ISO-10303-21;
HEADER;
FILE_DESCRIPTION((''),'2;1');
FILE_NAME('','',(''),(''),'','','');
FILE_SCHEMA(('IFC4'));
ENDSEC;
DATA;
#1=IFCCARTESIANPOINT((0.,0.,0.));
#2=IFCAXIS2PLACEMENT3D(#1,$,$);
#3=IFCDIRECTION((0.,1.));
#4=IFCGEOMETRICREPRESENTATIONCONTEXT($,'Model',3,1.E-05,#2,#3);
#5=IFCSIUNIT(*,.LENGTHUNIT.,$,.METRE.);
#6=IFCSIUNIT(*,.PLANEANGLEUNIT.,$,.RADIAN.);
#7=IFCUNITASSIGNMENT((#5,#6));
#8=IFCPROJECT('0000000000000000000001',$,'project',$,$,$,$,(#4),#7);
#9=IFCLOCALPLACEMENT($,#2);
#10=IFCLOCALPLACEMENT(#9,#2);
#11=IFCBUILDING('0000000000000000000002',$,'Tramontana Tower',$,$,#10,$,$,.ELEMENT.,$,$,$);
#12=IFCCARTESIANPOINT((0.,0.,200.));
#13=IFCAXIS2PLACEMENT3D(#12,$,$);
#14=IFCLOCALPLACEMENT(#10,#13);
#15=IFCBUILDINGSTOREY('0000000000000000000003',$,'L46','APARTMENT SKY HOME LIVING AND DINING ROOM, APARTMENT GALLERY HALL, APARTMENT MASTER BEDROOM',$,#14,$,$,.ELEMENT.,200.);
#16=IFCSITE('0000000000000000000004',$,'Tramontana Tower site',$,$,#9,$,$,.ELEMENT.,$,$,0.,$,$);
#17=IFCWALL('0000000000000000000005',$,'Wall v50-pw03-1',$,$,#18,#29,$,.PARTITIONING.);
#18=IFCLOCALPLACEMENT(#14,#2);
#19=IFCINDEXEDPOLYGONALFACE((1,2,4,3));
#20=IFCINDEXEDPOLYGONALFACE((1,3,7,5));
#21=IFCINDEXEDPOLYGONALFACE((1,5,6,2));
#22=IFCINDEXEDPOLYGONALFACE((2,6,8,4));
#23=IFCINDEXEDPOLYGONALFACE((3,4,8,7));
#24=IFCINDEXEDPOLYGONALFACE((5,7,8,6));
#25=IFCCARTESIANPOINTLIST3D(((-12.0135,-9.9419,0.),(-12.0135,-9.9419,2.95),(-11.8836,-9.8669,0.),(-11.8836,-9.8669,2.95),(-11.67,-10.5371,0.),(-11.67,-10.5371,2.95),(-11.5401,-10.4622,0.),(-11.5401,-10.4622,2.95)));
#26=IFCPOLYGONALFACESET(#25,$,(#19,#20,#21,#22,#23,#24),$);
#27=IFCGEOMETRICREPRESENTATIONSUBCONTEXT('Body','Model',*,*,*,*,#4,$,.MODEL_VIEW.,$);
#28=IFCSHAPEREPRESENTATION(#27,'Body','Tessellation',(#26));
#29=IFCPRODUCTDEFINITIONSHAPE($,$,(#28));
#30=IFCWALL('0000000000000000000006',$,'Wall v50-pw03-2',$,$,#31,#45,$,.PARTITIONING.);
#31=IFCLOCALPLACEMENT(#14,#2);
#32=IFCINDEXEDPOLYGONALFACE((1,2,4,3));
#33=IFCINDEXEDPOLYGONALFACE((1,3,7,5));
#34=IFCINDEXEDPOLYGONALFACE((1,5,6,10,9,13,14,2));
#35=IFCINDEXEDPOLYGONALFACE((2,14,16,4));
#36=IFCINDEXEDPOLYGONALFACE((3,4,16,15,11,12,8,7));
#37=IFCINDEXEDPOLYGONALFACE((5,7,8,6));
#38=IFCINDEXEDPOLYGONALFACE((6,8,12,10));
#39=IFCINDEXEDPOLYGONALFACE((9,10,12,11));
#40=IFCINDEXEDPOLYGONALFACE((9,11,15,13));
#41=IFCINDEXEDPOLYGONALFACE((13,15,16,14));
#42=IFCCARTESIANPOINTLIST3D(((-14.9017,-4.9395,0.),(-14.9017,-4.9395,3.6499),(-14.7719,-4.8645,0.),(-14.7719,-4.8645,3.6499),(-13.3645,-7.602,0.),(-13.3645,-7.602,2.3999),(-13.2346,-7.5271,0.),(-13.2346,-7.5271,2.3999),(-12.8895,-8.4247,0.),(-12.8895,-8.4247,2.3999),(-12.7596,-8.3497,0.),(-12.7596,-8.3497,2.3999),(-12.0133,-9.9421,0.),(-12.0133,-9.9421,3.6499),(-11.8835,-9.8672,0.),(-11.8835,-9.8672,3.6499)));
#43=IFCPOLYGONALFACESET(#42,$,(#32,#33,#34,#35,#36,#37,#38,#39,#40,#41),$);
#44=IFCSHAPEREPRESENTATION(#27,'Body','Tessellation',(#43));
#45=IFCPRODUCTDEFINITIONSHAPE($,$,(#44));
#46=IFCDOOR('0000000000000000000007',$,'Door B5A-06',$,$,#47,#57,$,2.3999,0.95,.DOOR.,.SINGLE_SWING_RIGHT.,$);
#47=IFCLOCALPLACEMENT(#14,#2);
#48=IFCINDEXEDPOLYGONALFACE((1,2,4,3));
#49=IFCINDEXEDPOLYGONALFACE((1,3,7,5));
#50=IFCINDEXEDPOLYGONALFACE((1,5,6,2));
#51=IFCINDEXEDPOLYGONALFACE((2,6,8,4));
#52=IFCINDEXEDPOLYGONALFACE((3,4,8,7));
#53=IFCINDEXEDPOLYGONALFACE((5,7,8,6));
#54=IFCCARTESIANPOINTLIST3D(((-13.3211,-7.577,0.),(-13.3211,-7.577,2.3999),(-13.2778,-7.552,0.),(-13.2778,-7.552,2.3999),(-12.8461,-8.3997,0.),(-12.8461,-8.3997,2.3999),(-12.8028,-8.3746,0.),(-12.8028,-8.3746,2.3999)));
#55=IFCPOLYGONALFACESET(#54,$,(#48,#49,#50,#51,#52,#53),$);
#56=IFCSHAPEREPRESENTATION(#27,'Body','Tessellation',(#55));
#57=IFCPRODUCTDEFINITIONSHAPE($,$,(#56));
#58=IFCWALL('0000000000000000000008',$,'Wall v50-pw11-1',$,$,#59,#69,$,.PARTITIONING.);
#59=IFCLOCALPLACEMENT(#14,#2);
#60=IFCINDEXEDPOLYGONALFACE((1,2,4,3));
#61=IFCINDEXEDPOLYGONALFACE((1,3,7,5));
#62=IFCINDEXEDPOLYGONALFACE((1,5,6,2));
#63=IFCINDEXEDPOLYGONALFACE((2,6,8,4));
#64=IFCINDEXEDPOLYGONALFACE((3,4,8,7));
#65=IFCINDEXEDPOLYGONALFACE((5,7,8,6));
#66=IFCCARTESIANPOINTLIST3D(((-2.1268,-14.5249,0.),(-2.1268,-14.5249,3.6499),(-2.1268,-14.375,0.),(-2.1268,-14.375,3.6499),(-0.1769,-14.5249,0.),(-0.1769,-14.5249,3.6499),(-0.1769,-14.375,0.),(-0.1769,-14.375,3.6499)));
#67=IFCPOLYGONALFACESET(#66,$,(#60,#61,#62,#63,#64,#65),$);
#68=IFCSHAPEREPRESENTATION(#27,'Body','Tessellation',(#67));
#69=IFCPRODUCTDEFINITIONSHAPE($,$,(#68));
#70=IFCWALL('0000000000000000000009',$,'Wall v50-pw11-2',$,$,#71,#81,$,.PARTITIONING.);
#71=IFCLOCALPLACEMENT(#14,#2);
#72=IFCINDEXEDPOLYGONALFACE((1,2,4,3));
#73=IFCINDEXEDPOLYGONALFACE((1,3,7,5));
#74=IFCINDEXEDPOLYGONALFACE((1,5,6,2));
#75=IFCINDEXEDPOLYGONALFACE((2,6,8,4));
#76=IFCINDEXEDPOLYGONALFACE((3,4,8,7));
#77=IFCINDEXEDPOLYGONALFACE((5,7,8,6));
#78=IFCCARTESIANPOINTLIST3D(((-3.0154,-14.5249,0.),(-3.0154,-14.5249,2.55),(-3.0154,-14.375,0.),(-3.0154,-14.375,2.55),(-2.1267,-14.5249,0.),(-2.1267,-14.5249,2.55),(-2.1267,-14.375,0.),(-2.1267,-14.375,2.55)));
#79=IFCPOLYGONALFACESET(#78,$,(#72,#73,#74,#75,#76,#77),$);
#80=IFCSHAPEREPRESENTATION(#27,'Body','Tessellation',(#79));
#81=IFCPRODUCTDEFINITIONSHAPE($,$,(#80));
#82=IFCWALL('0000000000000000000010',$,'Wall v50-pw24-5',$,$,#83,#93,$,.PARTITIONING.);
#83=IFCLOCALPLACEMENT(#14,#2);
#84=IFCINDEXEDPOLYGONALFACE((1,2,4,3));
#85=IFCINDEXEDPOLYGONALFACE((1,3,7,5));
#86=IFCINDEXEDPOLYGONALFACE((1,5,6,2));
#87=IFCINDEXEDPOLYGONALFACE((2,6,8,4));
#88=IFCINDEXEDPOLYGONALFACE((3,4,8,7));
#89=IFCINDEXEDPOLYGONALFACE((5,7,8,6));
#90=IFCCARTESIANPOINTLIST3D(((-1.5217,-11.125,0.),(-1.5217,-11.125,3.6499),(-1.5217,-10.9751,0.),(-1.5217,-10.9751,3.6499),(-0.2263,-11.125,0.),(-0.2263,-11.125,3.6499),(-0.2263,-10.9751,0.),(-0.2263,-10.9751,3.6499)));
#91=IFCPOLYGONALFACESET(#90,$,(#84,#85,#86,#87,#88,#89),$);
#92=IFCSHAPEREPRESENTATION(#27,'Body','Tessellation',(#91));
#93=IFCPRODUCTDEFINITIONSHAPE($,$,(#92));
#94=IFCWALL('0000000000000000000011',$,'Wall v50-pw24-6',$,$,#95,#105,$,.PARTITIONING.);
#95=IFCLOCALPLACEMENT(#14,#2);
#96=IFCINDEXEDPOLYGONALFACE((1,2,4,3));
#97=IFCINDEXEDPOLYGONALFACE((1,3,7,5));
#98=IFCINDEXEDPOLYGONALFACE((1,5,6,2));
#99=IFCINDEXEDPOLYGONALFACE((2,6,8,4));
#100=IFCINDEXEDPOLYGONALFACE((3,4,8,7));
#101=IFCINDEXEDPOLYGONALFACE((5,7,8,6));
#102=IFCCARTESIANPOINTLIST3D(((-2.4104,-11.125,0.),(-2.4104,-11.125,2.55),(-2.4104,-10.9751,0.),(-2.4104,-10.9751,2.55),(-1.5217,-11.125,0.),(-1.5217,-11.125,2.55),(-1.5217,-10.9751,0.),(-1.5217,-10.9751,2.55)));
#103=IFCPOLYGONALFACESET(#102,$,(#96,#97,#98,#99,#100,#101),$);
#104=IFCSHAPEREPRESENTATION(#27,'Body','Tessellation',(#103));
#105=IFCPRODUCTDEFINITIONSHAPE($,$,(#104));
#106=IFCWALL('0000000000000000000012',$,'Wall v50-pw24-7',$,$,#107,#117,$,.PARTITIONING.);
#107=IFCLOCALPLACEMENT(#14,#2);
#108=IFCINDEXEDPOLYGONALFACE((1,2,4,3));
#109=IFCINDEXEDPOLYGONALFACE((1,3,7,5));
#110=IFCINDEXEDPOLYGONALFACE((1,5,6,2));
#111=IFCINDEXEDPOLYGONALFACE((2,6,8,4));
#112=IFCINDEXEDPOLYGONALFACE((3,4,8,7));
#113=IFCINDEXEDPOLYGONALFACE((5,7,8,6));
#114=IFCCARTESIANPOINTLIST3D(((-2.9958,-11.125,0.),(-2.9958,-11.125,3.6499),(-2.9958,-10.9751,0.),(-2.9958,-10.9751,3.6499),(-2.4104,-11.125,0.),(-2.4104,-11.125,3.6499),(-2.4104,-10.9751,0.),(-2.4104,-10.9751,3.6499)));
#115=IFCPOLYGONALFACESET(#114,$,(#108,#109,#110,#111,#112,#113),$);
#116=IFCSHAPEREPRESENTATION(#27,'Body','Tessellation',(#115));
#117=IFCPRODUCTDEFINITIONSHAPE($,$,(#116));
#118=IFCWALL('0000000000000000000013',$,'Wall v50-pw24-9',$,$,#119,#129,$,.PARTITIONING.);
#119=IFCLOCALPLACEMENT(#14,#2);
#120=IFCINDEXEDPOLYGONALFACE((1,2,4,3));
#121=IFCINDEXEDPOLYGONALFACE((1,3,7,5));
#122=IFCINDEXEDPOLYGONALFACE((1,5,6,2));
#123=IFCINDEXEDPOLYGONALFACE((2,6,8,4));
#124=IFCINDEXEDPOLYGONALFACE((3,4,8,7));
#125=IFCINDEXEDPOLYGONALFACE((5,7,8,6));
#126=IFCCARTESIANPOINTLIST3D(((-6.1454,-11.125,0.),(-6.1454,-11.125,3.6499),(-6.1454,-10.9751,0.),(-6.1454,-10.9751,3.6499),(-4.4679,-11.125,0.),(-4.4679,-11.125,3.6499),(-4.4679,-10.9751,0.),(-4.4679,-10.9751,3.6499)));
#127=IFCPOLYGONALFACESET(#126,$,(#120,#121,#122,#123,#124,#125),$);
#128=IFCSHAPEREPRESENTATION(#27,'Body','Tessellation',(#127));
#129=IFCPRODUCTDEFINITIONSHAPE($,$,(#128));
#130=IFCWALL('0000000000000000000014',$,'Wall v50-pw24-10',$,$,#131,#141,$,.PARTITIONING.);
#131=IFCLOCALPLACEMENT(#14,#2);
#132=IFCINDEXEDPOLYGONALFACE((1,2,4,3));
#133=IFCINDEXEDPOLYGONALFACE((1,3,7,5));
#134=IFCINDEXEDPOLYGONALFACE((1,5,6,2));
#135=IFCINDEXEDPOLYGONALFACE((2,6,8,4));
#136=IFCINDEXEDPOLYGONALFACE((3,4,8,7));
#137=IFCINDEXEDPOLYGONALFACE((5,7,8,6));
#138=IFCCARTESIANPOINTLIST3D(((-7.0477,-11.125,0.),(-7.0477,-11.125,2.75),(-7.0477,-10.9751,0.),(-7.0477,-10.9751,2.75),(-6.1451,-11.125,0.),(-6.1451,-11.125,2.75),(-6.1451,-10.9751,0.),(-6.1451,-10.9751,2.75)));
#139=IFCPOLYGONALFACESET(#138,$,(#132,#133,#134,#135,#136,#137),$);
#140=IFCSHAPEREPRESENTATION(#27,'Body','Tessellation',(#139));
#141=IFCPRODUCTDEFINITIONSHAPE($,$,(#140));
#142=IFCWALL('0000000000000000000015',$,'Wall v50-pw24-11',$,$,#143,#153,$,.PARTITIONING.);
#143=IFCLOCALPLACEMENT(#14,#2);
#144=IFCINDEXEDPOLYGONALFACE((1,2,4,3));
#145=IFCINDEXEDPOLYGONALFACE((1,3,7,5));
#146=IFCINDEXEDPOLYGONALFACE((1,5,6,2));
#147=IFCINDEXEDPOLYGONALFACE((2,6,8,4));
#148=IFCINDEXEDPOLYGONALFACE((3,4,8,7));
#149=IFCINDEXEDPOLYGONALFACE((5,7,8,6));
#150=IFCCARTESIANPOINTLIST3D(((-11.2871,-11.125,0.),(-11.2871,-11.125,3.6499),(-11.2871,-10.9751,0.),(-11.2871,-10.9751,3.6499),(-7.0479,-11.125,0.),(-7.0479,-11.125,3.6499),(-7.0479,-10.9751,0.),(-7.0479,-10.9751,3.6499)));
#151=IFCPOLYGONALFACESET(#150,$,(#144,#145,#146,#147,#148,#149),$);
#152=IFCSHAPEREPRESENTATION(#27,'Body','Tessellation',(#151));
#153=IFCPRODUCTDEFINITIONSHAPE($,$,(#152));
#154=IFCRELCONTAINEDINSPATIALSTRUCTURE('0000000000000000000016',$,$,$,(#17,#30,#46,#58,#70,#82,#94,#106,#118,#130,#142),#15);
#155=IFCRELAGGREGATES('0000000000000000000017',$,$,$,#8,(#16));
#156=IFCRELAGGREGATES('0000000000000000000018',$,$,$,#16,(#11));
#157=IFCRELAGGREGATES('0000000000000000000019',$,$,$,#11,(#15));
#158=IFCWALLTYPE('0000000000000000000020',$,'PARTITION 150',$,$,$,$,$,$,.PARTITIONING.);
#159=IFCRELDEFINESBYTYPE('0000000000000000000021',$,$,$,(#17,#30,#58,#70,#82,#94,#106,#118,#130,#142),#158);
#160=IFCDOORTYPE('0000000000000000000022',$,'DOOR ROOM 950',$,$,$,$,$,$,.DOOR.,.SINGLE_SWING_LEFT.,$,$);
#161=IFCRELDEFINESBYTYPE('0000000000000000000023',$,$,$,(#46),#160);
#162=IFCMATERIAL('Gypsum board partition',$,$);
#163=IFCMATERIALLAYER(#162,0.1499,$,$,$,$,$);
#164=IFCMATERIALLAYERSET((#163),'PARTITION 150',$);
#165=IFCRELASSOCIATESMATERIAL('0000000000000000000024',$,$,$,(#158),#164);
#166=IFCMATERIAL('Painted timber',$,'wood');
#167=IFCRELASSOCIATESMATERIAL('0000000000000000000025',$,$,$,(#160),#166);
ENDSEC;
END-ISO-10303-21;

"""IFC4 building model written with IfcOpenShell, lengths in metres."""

from ifc_helpers import new_model, si_unit, direction, frame, frame_2d, origin, place, context, subcontext, project, spatial, rectangle, extrude, material, layer, layer_set, type_object, element, fill, save


model = new_model("IFC4")

# Units and contexts
model_context = context("Model", 3, precision=1e-05, world=origin(), true_north=direction((0.0, 1.0)))
body_context = subcontext(model_context, "Body", "Model", "MODEL_VIEW")
ifc_project = project(units=[si_unit("LENGTHUNIT", "METRE"), si_unit("PLANEANGLEUNIT", "RADIAN")], contexts=[model_context])

# Site, building, storey
site_placement = place(None, origin())
site = spatial("IfcSite", under=ifc_project, at=site_placement, Name="Tramontana Tower site", CompositionType="ELEMENT", RefElevation=0.0)
building_placement = place(site_placement, origin())
building = spatial("IfcBuilding", under=site, at=building_placement, Name="Tramontana Tower", CompositionType="ELEMENT")
storey_placement = place(building_placement, frame((0.0, 0.0, 200.0)))
storey = spatial("IfcBuildingStorey", under=building, at=storey_placement, Name="L46", Description="APARTMENT SKY HOME LIVING AND DINING ROOM, APARTMENT GALLERY HALL, APARTMENT MASTER BEDROOM", CompositionType="ELEMENT", Elevation=200.0)

# Wall
ifc_material_1 = material(Name="Gypsum board partition")
ifc_layer_1 = layer(ifc_material_1, 0.1499)
ifc_layer_set_1 = layer_set([ifc_layer_1], Name="PARTITION 150")
wall_type_1 = type_object("IfcWallType", Name="PARTITION 150", PredefinedType="PARTITIONING", material=ifc_layer_set_1)
wall_1_placement = place(storey_placement, frame((-11.605, -10.4998, 0.0), z_axis=(0.0, 0.0, 1.0), x_axis=(-0.499845, 0.866115, 0.0)))
element("IfcWall", 1, at=wall_1_placement, inside=storey, type_object=wall_type_1, Name="Wall v50-pw03-1", PredefinedType="PARTITIONING", context=body_context, shape_type="SweptSolid", body=[
    extrude(rectangle(XDim=0.6873, YDim=0.1499, at=frame_2d((0.3438, 0.0))), origin(), (0.0, 0.0, 1.0), 2.95),
])

# Wall, opening, door
wall_2_placement = place(storey_placement, frame((-11.9485, -9.9045, 0.0), z_axis=(0.0, 0.0, 1.0), x_axis=(-0.500016, 0.866016, 0.0)))
wall_2 = element("IfcWall", 2, at=wall_2_placement, inside=storey, type_object=wall_type_1, Name="Wall v50-pw03-2", PredefinedType="PARTITIONING", context=body_context, shape_type="SweptSolid", body=[
    extrude(rectangle(XDim=5.7766, YDim=0.1499, at=frame_2d((2.8882, 0.0))), origin(), (0.0, 0.0, 1.0), 3.6499),
])
opening_1_placement = place(wall_2_placement, frame((1.752, 0.0, 0.0)))
opening_1 = element("IfcOpeningElement", 3, at=opening_1_placement, cuts=wall_2, PredefinedType="OPENING", context=body_context, shape_type="SweptSolid", body=[
    extrude(rectangle(XDim=0.95, YDim=2.3999, at=frame_2d((0.4751, 1.2))), frame((0.0, 0.085, 0.0), z_axis=(0.0, -1.0, 0.0), x_axis=(1.0, 0.0, 0.0)), (0.0, 0.0, 1.0), 0.1699),
])
ifc_material_2 = material(Name="Painted timber", Category="wood")
door_type_1 = type_object("IfcDoorType", Name="DOOR ROOM 950", OperationType="SINGLE_SWING_LEFT", PredefinedType="DOOR", material=ifc_material_2)
door_1_placement = place(opening_1_placement, origin())
door_1 = element("IfcDoor", 4, at=door_1_placement, inside=storey, type_object=door_type_1, Name="Door B5A-06", OperationType="SINGLE_SWING_RIGHT", OverallHeight=2.3999, OverallWidth=0.95, PredefinedType="DOOR", context=body_context, shape_type="SweptSolid", body=[
    extrude(rectangle(XDim=0.95, YDim=2.3999, at=frame_2d((0.4751, 1.2))), frame((0.0, 0.0249, 0.0), z_axis=(0.0, -1.0, 0.0), x_axis=(1.0, 0.0, 0.0)), (0.0, 0.0, 1.0), 0.05),
])
fill(opening_1, door_1)

# Walls
wall_3_placement = place(storey_placement, frame((-0.1768, -14.45, 0.0), z_axis=(0.0, 0.0, 1.0), x_axis=(-1.0, 0.0, 0.0)))
element("IfcWall", 5, at=wall_3_placement, inside=storey, type_object=wall_type_1, Name="Wall v50-pw11-1", PredefinedType="PARTITIONING", context=body_context, shape_type="SweptSolid", body=[
    extrude(rectangle(XDim=1.95, YDim=0.1499, at=frame_2d((0.9751, 0.0))), origin(), (0.0, 0.0, 1.0), 3.6499),
])
wall_4_placement = place(storey_placement, frame((-2.1267, -14.45, 0.0), z_axis=(0.0, 0.0, 1.0), x_axis=(-1.0, 0.0, 0.0)))
element("IfcWall", 6, at=wall_4_placement, inside=storey, type_object=wall_type_1, Name="Wall v50-pw11-2", PredefinedType="PARTITIONING", context=body_context, shape_type="SweptSolid", body=[
    extrude(rectangle(XDim=0.8887, YDim=0.1499, at=frame_2d((0.4443, 0.0))), origin(), (0.0, 0.0, 1.0), 2.55),
])
wall_5_placement = place(storey_placement, frame((-0.2263, -11.05, 0.0), z_axis=(0.0, 0.0, 1.0), x_axis=(-1.0, 0.0, 0.0)))
element("IfcWall", 7, at=wall_5_placement, inside=storey, type_object=wall_type_1, Name="Wall v50-pw24-5", PredefinedType="PARTITIONING", context=body_context, shape_type="SweptSolid", body=[
    extrude(rectangle(XDim=1.2954, YDim=0.1499, at=frame_2d((0.6477, 0.0))), origin(), (0.0, 0.0, 1.0), 3.6499),
])
wall_6_placement = place(storey_placement, frame((-1.5217, -11.05, 0.0), z_axis=(0.0, 0.0, 1.0), x_axis=(-1.0, 0.0, 0.0)))
element("IfcWall", 8, at=wall_6_placement, inside=storey, type_object=wall_type_1, Name="Wall v50-pw24-6", PredefinedType="PARTITIONING", context=body_context, shape_type="SweptSolid", body=[
    extrude(rectangle(XDim=0.8887, YDim=0.1499, at=frame_2d((0.4443, 0.0))), origin(), (0.0, 0.0, 1.0), 2.55),
])
wall_7_placement = place(storey_placement, frame((-2.4104, -11.05, 0.0), z_axis=(0.0, 0.0, 1.0), x_axis=(-1.0, 0.0, 0.0)))
element("IfcWall", 9, at=wall_7_placement, inside=storey, type_object=wall_type_1, Name="Wall v50-pw24-7", PredefinedType="PARTITIONING", context=body_context, shape_type="SweptSolid", body=[
    extrude(rectangle(XDim=0.5854, YDim=0.1499, at=frame_2d((0.2927, 0.0))), origin(), (0.0, 0.0, 1.0), 3.6499),
])

# Walls
wall_8_placement = place(storey_placement, frame((-4.4678, -11.05, 0.0), z_axis=(0.0, 0.0, 1.0), x_axis=(-1.0, 0.0, 0.0)))
element("IfcWall", 10, at=wall_8_placement, inside=storey, type_object=wall_type_1, Name="Wall v50-pw24-9", PredefinedType="PARTITIONING", context=body_context, shape_type="SweptSolid", body=[
    extrude(rectangle(XDim=1.6775, YDim=0.1499, at=frame_2d((0.8389, 0.0))), origin(), (0.0, 0.0, 1.0), 3.6499),
])
wall_9_placement = place(storey_placement, frame((-6.1453, -11.05, 0.0), z_axis=(0.0, 0.0, 1.0), x_axis=(-1.0, 0.0, 0.0)))
element("IfcWall", 11, at=wall_9_placement, inside=storey, type_object=wall_type_1, Name="Wall v50-pw24-10", PredefinedType="PARTITIONING", context=body_context, shape_type="SweptSolid", body=[
    extrude(rectangle(XDim=0.9026, YDim=0.1499, at=frame_2d((0.4512, 0.0))), origin(), (0.0, 0.0, 1.0), 2.75),
])
wall_10_placement = place(storey_placement, frame((-7.0479, -11.05, 0.0), z_axis=(0.0, 0.0, 1.0), x_axis=(-1.0, 0.0, 0.0)))
element("IfcWall", 12, at=wall_10_placement, inside=storey, type_object=wall_type_1, Name="Wall v50-pw24-11", PredefinedType="PARTITIONING", context=body_context, shape_type="SweptSolid", body=[
    extrude(rectangle(XDim=4.2393, YDim=0.1499, at=frame_2d((2.1196, 0.0))), origin(), (0.0, 0.0, 1.0), 3.6499),
])

save(model, "model.ifc")
